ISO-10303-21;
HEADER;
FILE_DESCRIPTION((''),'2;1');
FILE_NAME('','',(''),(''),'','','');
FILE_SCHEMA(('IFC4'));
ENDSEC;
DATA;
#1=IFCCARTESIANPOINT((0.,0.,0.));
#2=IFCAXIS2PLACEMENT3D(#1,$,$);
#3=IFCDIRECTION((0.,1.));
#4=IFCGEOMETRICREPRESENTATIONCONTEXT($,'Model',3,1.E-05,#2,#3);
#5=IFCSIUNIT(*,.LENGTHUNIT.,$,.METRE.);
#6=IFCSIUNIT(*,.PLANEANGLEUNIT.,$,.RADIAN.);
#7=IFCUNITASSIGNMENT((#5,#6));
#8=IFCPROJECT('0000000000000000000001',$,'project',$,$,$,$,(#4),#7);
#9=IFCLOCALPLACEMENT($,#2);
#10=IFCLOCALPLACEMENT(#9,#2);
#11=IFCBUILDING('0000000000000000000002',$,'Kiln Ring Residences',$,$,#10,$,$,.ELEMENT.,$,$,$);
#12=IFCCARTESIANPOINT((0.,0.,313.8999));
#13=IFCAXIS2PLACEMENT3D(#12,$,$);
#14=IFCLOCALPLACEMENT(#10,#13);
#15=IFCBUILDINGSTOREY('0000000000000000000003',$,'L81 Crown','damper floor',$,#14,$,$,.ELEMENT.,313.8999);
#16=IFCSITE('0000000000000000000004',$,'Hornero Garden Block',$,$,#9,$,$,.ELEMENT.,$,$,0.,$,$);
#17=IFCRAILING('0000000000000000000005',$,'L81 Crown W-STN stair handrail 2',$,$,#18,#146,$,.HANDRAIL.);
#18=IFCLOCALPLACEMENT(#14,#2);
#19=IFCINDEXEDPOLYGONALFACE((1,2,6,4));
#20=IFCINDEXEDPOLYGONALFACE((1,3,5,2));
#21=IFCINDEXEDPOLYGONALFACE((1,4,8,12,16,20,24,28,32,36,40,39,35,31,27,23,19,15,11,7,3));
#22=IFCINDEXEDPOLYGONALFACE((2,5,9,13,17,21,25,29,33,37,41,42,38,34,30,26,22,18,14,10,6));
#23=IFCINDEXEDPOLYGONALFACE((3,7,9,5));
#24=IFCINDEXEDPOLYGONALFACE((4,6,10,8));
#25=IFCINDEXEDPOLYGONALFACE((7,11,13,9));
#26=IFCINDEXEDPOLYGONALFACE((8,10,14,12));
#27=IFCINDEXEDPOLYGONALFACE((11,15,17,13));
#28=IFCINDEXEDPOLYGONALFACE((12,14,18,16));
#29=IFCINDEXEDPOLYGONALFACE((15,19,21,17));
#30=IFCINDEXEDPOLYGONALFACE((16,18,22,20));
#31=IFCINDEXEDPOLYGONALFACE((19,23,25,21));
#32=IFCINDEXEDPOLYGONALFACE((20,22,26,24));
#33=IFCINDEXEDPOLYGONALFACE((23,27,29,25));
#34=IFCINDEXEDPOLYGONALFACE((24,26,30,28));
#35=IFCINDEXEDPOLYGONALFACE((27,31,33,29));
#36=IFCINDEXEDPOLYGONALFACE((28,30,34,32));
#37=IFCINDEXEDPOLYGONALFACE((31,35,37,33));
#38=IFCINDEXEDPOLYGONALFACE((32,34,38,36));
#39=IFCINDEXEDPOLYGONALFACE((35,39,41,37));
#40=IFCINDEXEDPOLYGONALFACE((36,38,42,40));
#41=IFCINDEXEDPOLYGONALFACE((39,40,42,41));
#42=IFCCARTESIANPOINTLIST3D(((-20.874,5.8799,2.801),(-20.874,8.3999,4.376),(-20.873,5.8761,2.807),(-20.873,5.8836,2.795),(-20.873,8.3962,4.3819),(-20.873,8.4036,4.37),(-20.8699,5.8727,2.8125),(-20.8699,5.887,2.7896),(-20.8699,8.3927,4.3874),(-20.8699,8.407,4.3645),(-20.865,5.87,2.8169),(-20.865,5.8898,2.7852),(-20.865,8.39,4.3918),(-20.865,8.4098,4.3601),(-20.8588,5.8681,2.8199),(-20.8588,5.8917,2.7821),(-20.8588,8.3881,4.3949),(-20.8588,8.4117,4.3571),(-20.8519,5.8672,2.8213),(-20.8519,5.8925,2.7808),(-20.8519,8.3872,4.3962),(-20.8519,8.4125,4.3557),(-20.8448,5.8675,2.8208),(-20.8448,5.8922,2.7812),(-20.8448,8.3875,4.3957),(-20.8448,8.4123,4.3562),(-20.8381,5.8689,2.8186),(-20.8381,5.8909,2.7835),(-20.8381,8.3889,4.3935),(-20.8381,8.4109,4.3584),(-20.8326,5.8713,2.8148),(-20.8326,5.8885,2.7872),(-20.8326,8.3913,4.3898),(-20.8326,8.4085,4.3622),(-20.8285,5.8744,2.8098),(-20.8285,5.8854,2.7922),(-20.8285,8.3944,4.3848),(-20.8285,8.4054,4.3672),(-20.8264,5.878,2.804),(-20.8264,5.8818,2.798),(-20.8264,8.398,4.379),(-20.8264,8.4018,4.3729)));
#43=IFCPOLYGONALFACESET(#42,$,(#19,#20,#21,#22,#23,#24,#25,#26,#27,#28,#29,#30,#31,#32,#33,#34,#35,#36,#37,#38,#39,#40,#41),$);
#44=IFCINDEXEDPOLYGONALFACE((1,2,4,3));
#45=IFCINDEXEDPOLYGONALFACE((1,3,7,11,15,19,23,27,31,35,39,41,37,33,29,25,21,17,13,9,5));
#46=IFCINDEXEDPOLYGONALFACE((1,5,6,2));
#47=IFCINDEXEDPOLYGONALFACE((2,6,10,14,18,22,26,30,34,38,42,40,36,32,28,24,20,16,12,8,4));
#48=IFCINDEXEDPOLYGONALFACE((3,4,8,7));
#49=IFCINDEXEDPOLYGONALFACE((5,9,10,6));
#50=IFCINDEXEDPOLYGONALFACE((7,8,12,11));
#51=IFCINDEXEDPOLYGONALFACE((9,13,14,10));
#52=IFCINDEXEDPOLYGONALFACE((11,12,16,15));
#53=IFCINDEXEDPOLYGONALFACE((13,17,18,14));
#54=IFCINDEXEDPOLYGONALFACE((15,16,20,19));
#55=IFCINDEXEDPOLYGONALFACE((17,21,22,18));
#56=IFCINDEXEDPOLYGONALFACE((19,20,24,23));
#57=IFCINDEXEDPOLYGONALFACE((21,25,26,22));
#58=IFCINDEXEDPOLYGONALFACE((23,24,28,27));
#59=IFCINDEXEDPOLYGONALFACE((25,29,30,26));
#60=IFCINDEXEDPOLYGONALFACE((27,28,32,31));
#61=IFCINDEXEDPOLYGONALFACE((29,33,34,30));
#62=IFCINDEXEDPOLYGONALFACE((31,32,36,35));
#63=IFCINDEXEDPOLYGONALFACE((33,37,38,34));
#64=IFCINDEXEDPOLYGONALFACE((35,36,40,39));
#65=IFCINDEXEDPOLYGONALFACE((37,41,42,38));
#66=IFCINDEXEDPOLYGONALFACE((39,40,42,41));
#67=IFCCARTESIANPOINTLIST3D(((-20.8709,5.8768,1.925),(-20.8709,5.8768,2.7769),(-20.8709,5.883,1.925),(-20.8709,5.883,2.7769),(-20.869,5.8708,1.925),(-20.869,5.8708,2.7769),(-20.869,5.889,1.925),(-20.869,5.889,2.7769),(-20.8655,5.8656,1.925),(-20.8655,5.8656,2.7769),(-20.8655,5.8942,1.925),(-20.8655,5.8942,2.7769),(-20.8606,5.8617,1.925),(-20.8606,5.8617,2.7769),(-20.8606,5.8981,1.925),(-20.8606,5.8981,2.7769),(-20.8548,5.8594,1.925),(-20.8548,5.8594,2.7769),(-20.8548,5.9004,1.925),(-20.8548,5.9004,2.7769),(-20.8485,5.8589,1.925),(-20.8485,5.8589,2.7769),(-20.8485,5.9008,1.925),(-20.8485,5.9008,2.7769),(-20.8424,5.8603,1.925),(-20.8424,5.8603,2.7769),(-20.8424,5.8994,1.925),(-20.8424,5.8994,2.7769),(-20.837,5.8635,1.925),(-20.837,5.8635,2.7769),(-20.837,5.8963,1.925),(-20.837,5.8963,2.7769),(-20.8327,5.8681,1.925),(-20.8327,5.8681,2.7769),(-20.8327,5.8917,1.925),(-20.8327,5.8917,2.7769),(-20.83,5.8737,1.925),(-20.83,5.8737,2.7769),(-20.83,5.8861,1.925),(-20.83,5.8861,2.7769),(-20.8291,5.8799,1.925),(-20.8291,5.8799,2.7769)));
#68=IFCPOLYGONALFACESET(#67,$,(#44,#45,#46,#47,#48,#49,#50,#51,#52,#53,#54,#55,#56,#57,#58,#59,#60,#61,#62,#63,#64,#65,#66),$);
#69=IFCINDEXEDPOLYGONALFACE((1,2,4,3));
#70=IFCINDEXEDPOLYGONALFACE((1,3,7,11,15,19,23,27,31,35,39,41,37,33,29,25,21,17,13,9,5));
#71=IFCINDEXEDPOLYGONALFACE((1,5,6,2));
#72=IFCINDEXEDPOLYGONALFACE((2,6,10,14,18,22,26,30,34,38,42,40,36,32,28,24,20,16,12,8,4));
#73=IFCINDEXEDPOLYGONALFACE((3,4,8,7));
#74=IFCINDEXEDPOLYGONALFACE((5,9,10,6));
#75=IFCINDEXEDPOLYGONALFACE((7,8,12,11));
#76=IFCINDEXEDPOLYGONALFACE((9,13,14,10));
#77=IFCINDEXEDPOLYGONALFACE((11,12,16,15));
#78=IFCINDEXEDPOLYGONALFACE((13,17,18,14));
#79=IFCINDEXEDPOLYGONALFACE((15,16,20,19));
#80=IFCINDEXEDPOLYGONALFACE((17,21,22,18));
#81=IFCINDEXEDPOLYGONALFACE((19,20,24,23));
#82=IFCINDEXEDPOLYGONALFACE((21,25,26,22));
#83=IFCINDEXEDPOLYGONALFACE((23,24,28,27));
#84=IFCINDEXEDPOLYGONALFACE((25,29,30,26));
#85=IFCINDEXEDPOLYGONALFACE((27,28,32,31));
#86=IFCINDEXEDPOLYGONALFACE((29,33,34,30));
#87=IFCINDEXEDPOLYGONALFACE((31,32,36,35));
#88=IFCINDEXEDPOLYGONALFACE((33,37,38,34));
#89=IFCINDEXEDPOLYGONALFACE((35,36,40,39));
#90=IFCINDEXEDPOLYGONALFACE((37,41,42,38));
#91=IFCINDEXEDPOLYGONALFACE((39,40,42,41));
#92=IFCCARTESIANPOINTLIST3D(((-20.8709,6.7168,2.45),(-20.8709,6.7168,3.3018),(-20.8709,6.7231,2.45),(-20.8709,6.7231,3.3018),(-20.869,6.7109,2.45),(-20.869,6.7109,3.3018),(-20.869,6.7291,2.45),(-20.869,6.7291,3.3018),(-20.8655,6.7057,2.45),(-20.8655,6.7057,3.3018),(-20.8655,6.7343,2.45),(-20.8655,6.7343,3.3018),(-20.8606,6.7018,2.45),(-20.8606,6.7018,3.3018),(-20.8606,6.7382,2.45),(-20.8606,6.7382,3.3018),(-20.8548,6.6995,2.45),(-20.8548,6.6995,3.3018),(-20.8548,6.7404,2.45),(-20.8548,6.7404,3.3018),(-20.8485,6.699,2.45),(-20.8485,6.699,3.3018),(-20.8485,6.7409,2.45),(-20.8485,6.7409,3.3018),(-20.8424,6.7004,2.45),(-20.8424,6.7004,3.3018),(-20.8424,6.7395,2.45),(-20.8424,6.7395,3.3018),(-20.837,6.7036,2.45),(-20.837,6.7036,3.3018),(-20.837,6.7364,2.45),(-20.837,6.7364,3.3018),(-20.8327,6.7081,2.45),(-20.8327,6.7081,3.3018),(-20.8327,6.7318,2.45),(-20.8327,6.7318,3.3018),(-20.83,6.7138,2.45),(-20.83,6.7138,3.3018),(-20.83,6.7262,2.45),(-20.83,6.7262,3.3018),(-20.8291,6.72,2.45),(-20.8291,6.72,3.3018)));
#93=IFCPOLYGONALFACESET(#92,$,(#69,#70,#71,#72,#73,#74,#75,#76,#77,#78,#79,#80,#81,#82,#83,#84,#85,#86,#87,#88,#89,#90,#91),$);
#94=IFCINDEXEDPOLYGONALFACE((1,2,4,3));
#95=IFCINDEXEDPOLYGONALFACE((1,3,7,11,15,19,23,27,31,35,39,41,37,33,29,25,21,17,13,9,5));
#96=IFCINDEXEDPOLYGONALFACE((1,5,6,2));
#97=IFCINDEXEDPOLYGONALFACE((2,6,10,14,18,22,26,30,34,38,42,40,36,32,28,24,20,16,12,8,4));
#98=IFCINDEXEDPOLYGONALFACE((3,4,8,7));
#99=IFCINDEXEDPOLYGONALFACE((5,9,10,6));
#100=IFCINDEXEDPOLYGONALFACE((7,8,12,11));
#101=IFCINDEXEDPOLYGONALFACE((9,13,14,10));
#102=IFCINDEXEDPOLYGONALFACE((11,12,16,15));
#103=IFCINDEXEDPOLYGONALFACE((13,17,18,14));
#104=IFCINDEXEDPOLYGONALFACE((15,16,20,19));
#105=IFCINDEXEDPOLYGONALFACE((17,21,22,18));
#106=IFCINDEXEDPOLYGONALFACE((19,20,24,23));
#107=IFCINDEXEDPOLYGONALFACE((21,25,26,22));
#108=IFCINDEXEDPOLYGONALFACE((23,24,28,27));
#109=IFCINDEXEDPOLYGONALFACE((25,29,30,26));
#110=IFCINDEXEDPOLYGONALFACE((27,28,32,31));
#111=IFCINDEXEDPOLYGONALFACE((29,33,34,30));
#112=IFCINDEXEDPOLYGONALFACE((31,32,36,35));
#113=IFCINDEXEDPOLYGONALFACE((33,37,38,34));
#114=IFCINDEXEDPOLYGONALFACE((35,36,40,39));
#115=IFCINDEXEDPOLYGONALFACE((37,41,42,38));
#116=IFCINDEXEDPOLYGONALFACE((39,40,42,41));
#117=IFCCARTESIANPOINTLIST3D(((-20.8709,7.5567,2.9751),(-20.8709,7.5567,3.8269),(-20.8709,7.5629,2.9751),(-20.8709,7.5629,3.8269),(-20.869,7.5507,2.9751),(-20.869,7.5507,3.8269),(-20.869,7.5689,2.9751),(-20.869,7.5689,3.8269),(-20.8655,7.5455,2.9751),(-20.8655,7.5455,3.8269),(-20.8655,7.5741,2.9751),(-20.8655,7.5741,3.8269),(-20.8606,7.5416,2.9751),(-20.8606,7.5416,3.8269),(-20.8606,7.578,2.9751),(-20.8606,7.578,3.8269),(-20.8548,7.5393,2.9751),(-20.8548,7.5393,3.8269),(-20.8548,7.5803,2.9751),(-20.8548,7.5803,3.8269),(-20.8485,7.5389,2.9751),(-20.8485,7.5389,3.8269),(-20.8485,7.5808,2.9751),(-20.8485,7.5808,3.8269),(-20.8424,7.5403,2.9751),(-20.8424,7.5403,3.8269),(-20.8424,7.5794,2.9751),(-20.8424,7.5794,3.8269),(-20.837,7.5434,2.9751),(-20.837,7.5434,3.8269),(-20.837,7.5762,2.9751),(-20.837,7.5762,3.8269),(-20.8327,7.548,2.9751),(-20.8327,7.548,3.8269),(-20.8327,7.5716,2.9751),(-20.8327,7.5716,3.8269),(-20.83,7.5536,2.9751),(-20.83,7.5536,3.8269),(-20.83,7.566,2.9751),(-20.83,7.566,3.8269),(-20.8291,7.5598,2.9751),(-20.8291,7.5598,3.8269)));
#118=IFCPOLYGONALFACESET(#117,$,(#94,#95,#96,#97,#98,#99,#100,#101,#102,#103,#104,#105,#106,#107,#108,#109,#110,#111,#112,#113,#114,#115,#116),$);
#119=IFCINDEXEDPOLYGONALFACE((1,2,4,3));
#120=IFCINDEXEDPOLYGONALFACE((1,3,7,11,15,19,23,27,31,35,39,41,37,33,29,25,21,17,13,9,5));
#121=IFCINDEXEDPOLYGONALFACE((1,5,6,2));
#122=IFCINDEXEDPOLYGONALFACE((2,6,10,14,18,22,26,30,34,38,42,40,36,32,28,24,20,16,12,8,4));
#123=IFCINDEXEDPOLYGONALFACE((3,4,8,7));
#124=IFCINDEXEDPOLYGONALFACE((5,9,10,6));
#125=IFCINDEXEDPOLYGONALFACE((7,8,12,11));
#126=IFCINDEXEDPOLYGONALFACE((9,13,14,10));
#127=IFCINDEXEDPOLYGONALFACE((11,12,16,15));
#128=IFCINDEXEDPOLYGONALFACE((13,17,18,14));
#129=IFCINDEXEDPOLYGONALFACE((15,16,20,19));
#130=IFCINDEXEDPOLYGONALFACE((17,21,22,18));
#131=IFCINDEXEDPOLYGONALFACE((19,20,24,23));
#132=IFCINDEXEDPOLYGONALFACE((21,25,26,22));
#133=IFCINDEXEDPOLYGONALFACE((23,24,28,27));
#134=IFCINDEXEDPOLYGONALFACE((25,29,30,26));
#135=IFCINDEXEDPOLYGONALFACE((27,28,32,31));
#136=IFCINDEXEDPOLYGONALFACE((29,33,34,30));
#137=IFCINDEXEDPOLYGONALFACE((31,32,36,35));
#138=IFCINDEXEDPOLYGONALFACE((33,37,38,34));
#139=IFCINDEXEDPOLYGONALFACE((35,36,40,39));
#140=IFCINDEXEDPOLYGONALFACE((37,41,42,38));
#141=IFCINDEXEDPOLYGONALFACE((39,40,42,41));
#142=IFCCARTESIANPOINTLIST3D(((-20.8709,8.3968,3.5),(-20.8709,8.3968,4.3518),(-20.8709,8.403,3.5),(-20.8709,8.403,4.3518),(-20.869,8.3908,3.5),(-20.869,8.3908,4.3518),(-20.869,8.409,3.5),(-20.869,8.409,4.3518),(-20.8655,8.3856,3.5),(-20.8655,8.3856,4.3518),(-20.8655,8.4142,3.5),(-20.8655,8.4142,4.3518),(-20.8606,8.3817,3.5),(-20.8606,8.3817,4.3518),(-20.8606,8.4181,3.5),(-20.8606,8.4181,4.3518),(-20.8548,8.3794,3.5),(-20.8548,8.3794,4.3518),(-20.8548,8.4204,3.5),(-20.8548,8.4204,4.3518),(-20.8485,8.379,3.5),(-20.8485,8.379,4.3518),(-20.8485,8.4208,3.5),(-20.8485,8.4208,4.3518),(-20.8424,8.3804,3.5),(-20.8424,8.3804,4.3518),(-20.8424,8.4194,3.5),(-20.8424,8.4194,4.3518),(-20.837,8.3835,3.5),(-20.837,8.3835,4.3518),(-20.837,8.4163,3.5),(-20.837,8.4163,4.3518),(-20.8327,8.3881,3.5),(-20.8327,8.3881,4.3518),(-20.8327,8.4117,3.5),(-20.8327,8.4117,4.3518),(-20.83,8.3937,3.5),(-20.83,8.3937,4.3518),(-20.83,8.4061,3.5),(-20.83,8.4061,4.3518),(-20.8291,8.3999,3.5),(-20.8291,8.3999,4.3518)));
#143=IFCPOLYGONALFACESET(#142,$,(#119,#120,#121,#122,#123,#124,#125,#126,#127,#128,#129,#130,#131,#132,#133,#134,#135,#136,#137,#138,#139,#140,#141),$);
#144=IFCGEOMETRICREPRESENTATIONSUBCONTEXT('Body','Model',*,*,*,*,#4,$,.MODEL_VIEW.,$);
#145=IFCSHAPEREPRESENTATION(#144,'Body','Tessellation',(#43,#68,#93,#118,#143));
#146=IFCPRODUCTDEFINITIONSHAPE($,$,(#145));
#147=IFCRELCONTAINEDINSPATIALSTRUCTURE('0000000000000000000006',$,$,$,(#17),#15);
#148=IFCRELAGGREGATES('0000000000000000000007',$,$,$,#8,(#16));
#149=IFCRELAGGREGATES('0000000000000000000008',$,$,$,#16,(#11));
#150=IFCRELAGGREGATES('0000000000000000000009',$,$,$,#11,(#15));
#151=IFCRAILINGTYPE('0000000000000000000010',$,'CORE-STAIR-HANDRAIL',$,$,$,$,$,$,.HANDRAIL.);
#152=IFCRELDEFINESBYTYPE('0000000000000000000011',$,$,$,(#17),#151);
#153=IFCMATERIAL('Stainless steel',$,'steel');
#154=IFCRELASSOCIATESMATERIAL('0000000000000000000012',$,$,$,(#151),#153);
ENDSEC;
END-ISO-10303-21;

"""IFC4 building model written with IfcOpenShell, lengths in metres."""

from ifc_helpers import new_model, si_unit, direction, frame, origin, origin_2d, place, context, subcontext, project, spatial, circle, extrude, material, type_object, element, save


model = new_model("IFC4")

# Units and contexts
model_context = context("Model", 3, precision=1e-05, world=origin(), true_north=direction((0.0, 1.0)))
body_context = subcontext(model_context, "Body", "Model", "MODEL_VIEW")
ifc_project = project(units=[si_unit("LENGTHUNIT", "METRE"), si_unit("PLANEANGLEUNIT", "RADIAN")], contexts=[model_context])

# Site, building, storey
site_placement = place(None, origin())
site = spatial("IfcSite", under=ifc_project, at=site_placement, Name="Hornero Garden Block", CompositionType="ELEMENT", RefElevation=0.0)
building_placement = place(site_placement, origin())
building = spatial("IfcBuilding", under=site, at=building_placement, Name="Kiln Ring Residences", CompositionType="ELEMENT")
storey_placement = place(building_placement, frame((0.0, 0.0, 313.8999)))
storey = spatial("IfcBuildingStorey", under=building, at=storey_placement, Name="L81 Crown", Description="damper floor", CompositionType="ELEMENT", Elevation=313.8999)

# Railing
ifc_material_1 = material(Name="Stainless steel", Category="steel")
railing_type_1 = type_object("IfcRailingType", Name="CORE-STAIR-HANDRAIL", PredefinedType="HANDRAIL", material=ifc_material_1)
railing_1_placement = place(storey_placement, frame((-20.8501, 5.8799, 1.925)))
element("IfcRailing", 1, at=railing_1_placement, inside=storey, type_object=railing_type_1, Name="L81 Crown W-STN stair handrail 2", PredefinedType="HANDRAIL", context=body_context, shape_type="SweptSolid", body=[
    extrude(circle(Radius=0.0239, at=origin_2d()), frame((0.0, 0.0, 0.876), z_axis=(0.0, 0.848008, 0.529984), x_axis=(-1.0, 0.0, 0.0)), (0.0, 0.0, 1.0), 2.9717),
    extrude(circle(Radius=0.021, at=origin_2d()), origin(), (0.0, 0.0, 1.0), 0.8518),
    extrude(circle(Radius=0.021, at=origin_2d()), frame((0.0, 0.8401, 0.5249)), (0.0, 0.0, 1.0), 0.8518),
    extrude(circle(Radius=0.021, at=origin_2d()), frame((0.0, 1.6799, 1.05)), (0.0, 0.0, 1.0), 0.8518),
    extrude(circle(Radius=0.021, at=origin_2d()), frame((0.0, 2.52, 1.575)), (0.0, 0.0, 1.0), 0.8518),
])

save(model, "model.ifc")
